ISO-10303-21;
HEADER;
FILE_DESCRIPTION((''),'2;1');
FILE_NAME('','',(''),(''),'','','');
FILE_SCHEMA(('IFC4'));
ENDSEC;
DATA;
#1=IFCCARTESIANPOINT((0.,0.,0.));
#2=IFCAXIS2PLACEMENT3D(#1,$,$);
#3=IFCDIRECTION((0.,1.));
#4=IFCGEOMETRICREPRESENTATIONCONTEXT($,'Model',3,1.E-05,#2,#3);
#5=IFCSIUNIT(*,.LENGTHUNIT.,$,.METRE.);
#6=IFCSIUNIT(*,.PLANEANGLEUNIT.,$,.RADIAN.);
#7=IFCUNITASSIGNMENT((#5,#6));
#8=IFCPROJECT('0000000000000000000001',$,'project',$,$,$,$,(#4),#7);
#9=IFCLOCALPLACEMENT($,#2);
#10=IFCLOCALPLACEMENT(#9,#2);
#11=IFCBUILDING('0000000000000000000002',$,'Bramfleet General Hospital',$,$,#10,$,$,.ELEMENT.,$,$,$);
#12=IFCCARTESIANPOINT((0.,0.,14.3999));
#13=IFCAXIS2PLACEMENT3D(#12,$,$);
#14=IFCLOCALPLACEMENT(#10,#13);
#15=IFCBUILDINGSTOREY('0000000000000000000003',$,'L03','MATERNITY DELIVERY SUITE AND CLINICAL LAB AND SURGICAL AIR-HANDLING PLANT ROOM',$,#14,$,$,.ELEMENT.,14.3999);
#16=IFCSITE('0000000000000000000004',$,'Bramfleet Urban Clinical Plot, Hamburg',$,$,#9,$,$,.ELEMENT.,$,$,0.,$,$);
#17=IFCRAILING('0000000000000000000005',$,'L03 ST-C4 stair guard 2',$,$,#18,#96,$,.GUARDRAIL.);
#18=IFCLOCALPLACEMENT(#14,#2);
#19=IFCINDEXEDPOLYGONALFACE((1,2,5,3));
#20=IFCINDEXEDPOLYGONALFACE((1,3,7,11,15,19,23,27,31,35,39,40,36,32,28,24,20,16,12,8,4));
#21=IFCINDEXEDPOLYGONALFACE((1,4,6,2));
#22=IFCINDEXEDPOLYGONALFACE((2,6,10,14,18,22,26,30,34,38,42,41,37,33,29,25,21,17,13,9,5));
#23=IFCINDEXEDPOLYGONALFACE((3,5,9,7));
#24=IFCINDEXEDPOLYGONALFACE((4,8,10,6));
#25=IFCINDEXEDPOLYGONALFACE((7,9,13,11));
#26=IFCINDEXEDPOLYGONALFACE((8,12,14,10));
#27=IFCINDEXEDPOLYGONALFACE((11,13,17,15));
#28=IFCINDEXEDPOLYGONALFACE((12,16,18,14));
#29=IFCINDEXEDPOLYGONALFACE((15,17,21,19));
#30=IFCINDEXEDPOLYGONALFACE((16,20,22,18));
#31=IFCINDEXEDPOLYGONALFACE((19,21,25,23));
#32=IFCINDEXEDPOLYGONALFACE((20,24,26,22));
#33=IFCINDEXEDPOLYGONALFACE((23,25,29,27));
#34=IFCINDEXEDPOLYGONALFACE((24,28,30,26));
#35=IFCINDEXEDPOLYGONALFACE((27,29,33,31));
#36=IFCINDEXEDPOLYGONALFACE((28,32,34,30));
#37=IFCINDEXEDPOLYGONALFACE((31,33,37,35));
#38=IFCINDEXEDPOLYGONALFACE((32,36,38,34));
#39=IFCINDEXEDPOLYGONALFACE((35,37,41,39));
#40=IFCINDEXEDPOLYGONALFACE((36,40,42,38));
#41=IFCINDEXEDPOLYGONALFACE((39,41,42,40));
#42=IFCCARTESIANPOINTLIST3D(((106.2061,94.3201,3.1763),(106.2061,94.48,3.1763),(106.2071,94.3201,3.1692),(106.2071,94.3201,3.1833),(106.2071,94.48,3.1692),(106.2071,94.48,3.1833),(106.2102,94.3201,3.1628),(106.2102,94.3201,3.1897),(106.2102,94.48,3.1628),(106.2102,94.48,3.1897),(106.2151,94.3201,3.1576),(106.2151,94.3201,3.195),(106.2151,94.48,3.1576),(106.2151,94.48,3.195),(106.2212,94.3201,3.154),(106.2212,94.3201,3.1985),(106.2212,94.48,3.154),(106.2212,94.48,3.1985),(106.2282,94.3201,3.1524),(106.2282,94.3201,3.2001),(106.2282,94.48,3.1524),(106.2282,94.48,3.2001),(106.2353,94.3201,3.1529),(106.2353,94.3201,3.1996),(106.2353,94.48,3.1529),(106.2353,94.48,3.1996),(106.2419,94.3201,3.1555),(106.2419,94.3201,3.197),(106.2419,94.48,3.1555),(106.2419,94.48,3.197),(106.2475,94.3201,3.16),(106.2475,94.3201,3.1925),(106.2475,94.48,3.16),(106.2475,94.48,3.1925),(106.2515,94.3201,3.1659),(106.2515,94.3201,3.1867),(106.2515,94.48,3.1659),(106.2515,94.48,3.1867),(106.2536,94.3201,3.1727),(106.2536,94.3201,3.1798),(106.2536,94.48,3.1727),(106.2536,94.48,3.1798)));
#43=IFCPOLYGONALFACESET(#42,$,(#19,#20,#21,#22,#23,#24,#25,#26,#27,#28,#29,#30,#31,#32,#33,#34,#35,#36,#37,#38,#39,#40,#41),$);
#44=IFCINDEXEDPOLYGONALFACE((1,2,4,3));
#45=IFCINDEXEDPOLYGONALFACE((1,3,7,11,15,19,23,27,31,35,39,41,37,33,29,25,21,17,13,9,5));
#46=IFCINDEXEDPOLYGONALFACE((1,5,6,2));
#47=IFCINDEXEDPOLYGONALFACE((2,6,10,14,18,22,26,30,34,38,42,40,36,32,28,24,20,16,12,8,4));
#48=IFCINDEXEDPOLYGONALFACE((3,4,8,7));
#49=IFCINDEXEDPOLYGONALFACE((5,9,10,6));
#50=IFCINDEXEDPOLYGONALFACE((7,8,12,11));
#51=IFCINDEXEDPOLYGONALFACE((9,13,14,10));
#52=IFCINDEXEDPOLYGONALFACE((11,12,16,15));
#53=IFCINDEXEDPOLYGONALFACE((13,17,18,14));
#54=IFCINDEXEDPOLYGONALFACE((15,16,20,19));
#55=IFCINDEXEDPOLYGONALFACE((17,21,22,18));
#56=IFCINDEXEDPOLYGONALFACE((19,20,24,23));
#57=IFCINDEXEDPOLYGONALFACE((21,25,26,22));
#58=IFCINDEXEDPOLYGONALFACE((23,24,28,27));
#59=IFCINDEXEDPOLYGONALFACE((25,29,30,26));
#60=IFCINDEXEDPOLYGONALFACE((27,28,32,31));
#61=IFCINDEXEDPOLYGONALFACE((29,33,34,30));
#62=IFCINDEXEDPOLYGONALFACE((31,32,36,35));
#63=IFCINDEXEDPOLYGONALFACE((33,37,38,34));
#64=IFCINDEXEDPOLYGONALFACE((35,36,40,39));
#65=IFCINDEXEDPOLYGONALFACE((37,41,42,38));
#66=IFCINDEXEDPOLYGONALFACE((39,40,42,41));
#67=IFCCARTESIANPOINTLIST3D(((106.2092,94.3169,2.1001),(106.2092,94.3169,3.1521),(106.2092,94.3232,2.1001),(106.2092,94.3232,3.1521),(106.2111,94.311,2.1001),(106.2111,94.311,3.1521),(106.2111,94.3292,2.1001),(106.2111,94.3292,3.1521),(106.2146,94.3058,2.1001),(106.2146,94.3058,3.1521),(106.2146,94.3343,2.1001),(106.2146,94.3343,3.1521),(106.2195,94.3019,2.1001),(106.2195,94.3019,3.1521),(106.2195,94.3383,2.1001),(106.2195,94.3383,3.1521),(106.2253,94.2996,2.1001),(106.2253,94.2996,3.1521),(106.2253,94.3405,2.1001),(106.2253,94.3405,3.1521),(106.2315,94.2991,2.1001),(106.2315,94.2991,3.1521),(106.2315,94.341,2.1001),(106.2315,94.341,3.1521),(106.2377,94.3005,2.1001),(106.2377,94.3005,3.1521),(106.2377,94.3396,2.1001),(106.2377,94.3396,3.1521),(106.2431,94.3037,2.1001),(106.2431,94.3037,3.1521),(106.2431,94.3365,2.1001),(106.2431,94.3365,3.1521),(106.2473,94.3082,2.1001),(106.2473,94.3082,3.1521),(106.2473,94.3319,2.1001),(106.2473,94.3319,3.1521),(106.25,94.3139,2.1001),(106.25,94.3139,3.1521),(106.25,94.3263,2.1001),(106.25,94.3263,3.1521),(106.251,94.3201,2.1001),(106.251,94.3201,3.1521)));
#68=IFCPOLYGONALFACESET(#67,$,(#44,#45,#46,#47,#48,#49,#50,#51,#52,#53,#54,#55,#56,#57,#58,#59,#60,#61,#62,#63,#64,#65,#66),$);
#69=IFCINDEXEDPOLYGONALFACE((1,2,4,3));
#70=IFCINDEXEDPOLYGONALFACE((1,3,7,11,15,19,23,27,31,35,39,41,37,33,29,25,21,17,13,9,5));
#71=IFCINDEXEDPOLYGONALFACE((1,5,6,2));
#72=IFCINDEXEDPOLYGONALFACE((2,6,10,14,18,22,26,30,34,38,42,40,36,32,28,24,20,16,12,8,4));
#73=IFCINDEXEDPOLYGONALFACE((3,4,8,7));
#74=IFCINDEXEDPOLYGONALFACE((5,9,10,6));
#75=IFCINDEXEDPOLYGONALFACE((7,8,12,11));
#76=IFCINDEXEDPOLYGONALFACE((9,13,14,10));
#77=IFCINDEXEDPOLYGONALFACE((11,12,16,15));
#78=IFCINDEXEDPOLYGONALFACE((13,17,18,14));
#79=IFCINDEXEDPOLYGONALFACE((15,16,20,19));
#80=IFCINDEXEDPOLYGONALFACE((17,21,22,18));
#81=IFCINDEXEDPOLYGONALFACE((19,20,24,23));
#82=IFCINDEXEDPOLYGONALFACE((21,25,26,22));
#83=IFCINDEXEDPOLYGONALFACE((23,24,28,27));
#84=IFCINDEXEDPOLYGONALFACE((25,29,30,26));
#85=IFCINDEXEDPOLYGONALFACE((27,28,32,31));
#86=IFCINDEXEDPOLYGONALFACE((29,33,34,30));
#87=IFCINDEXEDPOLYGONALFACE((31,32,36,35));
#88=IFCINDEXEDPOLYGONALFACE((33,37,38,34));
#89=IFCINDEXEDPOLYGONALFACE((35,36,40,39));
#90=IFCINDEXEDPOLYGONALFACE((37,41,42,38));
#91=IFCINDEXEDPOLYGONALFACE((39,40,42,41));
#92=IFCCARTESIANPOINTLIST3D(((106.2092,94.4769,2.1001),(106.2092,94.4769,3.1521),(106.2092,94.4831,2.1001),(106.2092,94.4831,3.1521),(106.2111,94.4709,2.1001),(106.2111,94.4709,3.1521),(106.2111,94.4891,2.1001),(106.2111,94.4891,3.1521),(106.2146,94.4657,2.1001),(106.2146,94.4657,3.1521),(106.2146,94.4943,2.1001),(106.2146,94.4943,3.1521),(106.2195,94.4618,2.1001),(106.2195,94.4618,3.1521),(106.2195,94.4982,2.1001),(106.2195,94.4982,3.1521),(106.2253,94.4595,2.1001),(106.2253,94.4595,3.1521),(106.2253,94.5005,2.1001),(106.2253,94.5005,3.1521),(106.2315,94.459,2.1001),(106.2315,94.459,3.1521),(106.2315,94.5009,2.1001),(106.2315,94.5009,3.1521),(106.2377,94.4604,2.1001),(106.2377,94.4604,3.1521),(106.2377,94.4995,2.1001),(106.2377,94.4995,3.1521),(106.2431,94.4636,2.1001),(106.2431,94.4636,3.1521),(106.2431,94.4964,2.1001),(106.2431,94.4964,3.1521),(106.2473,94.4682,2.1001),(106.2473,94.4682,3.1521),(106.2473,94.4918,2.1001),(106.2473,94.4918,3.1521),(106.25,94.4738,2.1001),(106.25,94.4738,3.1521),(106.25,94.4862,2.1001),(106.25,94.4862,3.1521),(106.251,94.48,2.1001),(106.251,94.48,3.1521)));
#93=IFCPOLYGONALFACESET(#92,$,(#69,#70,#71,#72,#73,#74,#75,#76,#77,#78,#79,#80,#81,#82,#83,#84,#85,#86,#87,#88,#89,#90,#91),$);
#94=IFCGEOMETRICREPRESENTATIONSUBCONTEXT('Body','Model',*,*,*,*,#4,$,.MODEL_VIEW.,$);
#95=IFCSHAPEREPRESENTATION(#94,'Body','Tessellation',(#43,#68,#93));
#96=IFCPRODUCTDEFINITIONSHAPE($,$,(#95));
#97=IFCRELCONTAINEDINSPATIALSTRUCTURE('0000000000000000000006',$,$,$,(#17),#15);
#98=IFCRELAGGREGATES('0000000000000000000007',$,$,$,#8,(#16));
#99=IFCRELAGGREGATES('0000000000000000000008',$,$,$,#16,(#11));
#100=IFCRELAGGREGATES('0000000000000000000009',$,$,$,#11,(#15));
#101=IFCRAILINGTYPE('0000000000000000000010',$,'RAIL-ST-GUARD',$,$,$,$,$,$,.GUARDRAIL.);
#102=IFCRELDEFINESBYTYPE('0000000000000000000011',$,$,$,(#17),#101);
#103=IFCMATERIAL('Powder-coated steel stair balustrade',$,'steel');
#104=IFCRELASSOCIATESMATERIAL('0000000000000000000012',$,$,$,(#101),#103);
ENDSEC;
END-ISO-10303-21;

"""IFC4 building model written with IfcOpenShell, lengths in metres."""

from ifc_helpers import new_model, si_unit, direction, frame, origin, origin_2d, place, context, subcontext, project, spatial, circle, extrude, material, type_object, element, save


model = new_model("IFC4")

# Units and contexts
model_context = context("Model", 3, precision=1e-05, world=origin(), true_north=direction((0.0, 1.0)))
body_context = subcontext(model_context, "Body", "Model", "MODEL_VIEW")
ifc_project = project(units=[si_unit("LENGTHUNIT", "METRE"), si_unit("PLANEANGLEUNIT", "RADIAN")], contexts=[model_context])

# Site, building, storey
site_placement = place(None, origin())
site = spatial("IfcSite", under=ifc_project, at=site_placement, Name="Bramfleet Urban Clinical Plot, Hamburg", CompositionType="ELEMENT", RefElevation=0.0)
building_placement = place(site_placement, origin())
building = spatial("IfcBuilding", under=site, at=building_placement, Name="Bramfleet General Hospital", CompositionType="ELEMENT")
storey_placement = place(building_placement, frame((0.0, 0.0, 14.3999)))
storey = spatial("IfcBuildingStorey", under=building, at=storey_placement, Name="L03", Description="MATERNITY DELIVERY SUITE AND CLINICAL LAB AND SURGICAL AIR-HANDLING PLANT ROOM", CompositionType="ELEMENT", Elevation=14.3999)

# Railing
ifc_material_1 = material(Name="Powder-coated steel stair balustrade", Category="steel")
railing_type_1 = type_object("IfcRailingType", Name="RAIL-ST-GUARD", PredefinedType="GUARDRAIL", material=ifc_material_1)
railing_1_placement = place(storey_placement, frame((106.23, 94.3201, 2.1001)))
element("IfcRailing", 1, at=railing_1_placement, inside=storey, type_object=railing_type_1, Name="L03 ST-C4 stair guard 2", PredefinedType="GUARDRAIL", context=body_context, shape_type="SweptSolid", body=[
    extrude(circle(Radius=0.0239, at=origin_2d()), frame((0.0, 0.0, 1.0762), z_axis=(0.0, 1.0, 0.0), x_axis=(-1.0, 0.0, 0.0)), (0.0, 0.0, 1.0), 0.1599),
    extrude(circle(Radius=0.021, at=origin_2d()), origin(), (0.0, 0.0, 1.0), 1.052),
    extrude(circle(Radius=0.021, at=origin_2d()), frame((0.0, 0.1599, 0.0)), (0.0, 0.0, 1.0), 1.052),
])

save(model, "model.ifc")
